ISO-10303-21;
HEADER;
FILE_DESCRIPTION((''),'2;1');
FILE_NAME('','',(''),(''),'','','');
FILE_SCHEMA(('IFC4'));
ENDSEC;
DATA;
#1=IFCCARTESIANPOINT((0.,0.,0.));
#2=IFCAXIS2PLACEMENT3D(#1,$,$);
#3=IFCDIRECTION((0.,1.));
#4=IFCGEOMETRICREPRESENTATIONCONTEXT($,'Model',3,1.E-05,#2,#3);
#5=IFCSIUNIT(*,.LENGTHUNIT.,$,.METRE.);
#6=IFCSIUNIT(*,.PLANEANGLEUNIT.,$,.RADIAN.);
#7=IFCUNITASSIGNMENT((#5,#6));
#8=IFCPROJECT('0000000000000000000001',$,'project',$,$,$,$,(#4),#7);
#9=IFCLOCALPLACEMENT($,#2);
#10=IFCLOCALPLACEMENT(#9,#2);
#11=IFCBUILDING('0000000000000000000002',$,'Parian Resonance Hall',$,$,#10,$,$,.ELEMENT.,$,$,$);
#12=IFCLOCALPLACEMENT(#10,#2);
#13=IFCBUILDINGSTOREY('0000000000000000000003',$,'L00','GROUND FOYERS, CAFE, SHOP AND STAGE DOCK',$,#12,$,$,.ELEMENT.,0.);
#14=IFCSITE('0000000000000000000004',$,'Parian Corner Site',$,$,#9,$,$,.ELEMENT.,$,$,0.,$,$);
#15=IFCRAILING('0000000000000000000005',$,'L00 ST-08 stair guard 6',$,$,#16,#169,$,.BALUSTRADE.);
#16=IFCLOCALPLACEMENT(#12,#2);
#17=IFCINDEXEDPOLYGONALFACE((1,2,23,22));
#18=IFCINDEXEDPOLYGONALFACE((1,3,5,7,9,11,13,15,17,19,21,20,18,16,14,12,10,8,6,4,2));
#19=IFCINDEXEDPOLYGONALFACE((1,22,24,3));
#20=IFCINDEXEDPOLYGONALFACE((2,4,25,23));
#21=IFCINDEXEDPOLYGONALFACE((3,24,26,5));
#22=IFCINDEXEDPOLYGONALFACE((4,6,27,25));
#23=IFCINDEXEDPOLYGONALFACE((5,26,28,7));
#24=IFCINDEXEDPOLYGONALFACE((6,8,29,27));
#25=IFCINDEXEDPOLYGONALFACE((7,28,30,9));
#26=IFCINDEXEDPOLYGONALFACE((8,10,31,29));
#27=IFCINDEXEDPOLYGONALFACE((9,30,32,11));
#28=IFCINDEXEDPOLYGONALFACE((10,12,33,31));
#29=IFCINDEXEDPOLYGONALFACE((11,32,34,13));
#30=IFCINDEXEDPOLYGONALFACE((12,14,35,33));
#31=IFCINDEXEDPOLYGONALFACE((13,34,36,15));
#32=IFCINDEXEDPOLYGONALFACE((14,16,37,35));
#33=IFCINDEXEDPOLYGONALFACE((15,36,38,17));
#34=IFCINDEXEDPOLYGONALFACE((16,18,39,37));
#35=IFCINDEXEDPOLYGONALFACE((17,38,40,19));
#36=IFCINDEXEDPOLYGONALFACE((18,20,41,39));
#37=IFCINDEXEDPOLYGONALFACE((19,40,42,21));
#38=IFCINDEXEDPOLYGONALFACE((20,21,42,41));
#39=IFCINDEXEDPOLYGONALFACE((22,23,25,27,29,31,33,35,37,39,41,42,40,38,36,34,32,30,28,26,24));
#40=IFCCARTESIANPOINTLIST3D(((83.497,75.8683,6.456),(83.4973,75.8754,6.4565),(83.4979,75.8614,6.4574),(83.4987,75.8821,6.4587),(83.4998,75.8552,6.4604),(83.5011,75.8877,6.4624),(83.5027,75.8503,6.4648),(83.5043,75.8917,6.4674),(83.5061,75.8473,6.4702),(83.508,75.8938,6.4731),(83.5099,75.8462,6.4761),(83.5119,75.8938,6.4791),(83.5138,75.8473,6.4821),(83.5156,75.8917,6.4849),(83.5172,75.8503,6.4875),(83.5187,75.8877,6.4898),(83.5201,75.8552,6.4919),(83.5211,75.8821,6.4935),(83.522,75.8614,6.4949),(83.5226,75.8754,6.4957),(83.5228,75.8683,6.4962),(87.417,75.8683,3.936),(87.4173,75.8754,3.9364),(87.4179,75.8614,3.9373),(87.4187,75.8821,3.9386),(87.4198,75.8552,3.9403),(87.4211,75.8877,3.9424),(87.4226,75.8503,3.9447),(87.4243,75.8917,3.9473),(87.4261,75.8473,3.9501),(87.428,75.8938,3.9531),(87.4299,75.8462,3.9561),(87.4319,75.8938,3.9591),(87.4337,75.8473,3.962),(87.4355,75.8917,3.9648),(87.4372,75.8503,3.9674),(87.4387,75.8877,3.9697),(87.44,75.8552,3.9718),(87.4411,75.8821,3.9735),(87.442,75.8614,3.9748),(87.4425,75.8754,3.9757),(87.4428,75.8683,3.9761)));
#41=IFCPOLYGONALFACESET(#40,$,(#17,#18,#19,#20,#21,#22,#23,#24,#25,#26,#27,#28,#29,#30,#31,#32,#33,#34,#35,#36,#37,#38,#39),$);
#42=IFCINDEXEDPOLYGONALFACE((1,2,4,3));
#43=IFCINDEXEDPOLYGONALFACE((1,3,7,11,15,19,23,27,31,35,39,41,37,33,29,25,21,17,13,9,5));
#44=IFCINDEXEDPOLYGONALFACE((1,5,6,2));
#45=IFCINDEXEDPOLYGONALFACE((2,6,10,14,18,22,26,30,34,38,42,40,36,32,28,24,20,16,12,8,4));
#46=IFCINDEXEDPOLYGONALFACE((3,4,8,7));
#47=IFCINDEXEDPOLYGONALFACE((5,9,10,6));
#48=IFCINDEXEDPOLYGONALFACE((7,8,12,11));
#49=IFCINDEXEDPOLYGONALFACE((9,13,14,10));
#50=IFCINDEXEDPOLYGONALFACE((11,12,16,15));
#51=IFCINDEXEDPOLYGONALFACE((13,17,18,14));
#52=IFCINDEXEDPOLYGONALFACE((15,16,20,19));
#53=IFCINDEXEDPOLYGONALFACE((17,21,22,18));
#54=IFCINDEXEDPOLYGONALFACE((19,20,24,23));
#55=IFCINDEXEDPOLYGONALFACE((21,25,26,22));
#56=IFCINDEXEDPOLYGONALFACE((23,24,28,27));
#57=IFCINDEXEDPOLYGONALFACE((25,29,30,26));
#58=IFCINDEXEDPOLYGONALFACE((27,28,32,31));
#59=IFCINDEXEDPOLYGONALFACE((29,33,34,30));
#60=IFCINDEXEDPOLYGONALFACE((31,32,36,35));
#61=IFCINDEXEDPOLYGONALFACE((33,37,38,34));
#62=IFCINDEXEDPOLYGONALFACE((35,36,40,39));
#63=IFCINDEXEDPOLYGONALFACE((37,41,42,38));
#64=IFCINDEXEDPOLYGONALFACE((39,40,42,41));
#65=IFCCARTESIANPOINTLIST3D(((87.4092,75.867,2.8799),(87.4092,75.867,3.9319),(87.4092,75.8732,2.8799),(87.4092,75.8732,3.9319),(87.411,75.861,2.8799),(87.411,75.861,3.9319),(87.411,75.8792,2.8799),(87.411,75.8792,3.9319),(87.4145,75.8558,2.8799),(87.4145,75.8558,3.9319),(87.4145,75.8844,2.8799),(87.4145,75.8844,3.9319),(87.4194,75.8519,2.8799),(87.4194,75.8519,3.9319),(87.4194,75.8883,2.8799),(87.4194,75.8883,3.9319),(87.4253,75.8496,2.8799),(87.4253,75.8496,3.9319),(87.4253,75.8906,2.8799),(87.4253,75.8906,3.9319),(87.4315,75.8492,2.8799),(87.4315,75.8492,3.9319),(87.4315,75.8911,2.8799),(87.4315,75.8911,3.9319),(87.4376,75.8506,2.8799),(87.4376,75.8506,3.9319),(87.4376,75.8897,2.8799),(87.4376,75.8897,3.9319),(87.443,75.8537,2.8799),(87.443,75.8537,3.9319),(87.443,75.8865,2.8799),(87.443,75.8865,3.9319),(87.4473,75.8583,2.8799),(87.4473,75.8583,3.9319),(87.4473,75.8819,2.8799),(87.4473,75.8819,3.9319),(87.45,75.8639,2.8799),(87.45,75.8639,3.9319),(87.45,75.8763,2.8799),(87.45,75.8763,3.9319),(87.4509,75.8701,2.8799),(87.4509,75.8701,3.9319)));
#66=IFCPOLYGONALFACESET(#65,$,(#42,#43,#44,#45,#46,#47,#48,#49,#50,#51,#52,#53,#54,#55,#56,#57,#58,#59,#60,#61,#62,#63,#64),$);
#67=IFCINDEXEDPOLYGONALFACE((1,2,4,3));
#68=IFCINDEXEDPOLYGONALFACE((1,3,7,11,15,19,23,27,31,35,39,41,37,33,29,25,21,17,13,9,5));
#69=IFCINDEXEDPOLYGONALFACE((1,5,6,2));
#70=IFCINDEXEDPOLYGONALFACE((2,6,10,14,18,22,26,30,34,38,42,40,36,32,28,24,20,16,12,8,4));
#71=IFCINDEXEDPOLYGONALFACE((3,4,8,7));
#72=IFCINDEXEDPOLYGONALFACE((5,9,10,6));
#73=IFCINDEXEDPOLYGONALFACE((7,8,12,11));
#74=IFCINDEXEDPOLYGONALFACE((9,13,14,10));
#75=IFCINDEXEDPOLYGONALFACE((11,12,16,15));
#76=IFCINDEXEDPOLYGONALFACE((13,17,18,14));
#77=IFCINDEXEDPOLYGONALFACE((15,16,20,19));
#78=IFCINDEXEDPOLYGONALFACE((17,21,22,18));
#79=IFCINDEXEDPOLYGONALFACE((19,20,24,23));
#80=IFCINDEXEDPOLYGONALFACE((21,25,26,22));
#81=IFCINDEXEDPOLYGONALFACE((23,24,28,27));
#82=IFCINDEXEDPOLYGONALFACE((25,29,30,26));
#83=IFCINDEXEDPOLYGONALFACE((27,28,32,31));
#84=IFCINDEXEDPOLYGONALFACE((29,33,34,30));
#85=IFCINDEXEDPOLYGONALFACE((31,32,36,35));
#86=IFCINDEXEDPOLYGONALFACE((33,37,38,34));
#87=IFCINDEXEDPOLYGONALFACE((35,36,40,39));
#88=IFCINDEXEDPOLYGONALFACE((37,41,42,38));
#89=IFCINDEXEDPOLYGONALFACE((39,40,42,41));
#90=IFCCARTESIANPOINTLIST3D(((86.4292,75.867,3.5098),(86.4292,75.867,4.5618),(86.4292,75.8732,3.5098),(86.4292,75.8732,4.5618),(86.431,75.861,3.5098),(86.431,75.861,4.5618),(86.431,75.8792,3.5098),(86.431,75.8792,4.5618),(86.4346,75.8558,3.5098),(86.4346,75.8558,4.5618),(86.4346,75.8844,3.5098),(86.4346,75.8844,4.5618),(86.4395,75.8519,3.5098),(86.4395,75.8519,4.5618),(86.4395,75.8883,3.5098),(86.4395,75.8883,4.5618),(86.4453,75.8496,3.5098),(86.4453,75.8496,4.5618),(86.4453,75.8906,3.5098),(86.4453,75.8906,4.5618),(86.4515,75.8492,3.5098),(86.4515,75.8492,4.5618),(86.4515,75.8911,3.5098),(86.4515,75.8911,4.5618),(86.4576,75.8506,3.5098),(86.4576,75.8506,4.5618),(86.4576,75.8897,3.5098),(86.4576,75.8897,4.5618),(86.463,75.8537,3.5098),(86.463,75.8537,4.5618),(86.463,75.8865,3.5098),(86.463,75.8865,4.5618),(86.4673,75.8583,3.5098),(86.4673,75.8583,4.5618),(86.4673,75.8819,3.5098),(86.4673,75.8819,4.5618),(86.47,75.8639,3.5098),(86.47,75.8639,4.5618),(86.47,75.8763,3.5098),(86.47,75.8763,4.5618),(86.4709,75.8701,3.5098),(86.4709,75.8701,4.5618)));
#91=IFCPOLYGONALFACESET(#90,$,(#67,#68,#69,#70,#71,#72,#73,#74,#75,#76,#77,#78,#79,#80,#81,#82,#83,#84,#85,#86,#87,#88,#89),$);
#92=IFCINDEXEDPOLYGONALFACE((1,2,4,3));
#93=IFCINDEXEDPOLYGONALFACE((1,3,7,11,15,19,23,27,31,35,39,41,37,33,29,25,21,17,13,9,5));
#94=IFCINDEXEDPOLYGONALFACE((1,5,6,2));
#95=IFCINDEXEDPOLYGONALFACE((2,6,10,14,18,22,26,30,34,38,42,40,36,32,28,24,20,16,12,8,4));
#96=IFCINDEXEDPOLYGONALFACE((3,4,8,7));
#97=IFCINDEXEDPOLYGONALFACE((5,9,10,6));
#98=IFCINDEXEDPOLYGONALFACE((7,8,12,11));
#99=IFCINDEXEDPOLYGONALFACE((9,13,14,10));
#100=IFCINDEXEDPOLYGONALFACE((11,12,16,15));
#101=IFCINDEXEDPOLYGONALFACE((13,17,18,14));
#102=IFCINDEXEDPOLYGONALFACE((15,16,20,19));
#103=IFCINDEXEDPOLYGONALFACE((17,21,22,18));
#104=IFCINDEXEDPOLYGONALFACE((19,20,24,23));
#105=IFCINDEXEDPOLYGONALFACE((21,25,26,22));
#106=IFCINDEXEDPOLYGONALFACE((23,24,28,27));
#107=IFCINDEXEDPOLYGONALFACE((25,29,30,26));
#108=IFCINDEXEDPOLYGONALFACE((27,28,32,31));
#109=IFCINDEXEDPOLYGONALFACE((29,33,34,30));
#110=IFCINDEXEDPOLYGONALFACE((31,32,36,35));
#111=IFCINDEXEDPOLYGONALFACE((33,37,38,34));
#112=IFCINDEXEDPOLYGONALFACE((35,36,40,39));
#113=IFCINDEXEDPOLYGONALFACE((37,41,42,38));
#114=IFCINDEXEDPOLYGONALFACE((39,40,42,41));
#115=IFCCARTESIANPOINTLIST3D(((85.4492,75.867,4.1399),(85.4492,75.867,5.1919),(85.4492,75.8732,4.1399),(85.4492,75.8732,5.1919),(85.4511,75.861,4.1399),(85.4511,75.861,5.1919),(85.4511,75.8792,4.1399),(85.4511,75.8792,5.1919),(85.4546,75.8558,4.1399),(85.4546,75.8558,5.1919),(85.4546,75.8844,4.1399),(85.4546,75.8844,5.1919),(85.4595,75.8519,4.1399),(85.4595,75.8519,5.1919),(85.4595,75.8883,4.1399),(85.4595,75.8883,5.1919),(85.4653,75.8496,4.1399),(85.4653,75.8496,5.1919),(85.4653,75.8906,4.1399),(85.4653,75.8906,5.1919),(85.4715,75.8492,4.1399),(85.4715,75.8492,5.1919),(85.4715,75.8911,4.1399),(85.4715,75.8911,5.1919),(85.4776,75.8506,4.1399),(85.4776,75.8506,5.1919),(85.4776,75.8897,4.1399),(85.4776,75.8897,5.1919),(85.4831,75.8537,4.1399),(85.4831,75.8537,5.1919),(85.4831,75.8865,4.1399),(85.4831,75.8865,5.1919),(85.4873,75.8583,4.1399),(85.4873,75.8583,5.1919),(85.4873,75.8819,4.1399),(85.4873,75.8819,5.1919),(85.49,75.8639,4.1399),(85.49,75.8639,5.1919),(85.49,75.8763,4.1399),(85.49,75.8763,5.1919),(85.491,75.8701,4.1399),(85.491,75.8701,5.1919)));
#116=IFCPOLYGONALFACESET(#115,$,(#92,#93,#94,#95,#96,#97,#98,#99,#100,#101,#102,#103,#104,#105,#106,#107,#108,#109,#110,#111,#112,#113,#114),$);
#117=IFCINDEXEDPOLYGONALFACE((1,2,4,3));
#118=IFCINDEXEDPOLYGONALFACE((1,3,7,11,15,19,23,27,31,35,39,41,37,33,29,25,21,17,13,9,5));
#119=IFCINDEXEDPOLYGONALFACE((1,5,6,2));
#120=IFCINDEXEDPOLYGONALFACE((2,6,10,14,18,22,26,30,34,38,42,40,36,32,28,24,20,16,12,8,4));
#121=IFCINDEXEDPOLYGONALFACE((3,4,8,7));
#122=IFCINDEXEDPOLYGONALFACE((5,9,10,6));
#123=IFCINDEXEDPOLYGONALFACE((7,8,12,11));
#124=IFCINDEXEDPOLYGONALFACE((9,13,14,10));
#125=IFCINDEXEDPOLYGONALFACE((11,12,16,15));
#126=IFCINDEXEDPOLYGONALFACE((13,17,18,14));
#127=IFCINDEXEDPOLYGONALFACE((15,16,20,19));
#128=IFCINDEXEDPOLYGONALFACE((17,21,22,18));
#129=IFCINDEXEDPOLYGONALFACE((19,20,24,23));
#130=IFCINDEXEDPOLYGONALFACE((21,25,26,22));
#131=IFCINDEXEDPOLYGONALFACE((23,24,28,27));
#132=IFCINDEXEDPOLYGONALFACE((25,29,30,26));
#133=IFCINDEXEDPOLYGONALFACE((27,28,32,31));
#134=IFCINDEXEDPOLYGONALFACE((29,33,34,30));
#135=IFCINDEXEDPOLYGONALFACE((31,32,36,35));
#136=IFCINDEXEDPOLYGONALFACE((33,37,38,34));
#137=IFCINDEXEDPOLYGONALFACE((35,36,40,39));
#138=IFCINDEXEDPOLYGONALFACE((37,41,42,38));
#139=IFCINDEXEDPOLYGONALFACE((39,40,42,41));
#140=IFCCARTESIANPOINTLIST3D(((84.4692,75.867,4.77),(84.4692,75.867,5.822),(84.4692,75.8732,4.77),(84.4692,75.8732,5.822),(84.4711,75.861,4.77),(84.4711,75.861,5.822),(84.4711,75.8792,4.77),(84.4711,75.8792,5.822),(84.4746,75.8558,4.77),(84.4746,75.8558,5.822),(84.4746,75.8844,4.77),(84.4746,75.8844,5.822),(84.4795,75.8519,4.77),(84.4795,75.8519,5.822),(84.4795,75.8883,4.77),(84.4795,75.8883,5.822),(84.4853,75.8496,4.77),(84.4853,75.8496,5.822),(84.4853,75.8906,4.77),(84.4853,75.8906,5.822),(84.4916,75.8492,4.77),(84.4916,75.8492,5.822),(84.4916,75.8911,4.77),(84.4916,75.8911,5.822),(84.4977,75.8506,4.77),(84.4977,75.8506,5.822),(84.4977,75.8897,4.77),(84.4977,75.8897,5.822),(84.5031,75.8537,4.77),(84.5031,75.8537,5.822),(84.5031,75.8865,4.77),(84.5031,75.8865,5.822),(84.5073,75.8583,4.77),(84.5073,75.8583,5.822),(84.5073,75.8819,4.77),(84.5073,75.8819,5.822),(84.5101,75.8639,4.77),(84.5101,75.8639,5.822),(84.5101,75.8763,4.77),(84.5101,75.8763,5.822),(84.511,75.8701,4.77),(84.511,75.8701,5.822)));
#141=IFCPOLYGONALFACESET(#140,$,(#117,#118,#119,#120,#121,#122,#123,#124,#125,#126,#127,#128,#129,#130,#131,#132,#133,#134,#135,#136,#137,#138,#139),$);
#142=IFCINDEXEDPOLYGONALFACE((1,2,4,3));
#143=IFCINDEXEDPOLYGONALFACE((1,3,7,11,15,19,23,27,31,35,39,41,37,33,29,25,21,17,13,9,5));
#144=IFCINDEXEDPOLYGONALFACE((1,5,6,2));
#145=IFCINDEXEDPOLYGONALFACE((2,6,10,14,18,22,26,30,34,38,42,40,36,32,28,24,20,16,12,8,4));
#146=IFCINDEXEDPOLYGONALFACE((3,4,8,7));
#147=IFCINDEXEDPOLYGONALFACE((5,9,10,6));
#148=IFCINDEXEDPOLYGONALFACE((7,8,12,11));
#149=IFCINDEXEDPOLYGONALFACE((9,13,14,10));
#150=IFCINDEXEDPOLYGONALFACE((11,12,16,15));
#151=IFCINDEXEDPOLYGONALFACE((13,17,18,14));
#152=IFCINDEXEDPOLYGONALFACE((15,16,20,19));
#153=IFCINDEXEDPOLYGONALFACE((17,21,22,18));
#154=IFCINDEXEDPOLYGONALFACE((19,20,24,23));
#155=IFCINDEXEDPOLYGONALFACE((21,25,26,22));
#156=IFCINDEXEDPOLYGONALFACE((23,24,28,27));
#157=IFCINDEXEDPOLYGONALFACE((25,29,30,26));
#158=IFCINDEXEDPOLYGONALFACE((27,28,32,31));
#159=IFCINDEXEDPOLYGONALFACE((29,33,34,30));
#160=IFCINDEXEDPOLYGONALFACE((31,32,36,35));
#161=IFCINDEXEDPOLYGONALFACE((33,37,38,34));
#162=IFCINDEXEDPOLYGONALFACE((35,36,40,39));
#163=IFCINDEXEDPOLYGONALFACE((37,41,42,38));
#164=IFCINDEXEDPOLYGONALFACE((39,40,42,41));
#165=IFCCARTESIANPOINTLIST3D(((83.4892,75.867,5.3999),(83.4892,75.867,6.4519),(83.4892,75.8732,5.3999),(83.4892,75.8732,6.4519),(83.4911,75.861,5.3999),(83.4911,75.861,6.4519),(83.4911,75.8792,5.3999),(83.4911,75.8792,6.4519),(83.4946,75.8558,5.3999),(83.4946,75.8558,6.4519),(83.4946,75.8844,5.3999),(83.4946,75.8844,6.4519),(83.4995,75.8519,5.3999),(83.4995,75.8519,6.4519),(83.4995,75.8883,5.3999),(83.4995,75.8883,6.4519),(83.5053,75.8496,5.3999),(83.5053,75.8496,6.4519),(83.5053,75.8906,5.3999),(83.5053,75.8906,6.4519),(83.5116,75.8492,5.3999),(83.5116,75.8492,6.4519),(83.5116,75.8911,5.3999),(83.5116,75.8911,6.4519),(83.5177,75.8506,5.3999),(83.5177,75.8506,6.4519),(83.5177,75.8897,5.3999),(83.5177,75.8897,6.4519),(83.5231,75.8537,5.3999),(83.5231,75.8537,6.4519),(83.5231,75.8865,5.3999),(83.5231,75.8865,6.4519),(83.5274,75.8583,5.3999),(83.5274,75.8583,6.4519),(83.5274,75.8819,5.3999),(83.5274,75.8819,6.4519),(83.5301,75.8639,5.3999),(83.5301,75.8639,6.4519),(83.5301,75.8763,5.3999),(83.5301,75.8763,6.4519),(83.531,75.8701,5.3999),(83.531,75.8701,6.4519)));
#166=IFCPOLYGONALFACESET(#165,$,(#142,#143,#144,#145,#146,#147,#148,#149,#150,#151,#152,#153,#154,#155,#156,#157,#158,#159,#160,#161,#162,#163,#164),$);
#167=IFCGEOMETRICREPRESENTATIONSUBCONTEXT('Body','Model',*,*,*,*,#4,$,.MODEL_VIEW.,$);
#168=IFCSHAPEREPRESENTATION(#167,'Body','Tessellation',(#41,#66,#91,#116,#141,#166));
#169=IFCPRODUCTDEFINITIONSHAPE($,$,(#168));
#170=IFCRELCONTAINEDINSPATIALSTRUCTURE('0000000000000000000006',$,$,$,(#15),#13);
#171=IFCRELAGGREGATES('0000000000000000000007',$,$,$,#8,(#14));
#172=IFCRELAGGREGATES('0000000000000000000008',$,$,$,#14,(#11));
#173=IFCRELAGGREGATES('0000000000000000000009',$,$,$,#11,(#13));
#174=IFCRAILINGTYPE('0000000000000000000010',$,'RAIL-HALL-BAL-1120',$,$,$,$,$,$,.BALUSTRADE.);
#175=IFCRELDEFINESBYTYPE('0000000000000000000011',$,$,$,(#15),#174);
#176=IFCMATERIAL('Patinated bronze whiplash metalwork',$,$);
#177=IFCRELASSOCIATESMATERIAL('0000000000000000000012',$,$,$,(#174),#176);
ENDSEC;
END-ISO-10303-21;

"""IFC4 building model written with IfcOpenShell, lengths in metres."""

from ifc_helpers import new_model, si_unit, direction, frame, origin, origin_2d, place, context, subcontext, project, spatial, circle, extrude, material, type_object, element, save


model = new_model("IFC4")

# Units and contexts
model_context = context("Model", 3, precision=1e-05, world=origin(), true_north=direction((0.0, 1.0)))
body_context = subcontext(model_context, "Body", "Model", "MODEL_VIEW")
ifc_project = project(units=[si_unit("LENGTHUNIT", "METRE"), si_unit("PLANEANGLEUNIT", "RADIAN")], contexts=[model_context])

# Site, building, storey
site_placement = place(None, origin())
site = spatial("IfcSite", under=ifc_project, at=site_placement, Name="Parian Corner Site", CompositionType="ELEMENT", RefElevation=0.0)
building_placement = place(site_placement, origin())
building = spatial("IfcBuilding", under=site, at=building_placement, Name="Parian Resonance Hall", CompositionType="ELEMENT")
storey_placement = place(building_placement, origin())
storey = spatial("IfcBuildingStorey", under=building, at=storey_placement, Name="L00", Description="GROUND FOYERS, CAFE, SHOP AND STAGE DOCK", CompositionType="ELEMENT", Elevation=0.0)

# Railing
ifc_material_1 = material(Name="Patinated bronze whiplash metalwork")
railing_type_1 = type_object("IfcRailingType", Name="RAIL-HALL-BAL-1120", PredefinedType="BALUSTRADE", material=ifc_material_1)
railing_1_placement = place(storey_placement, frame((87.4299, 75.8701, 2.8799)))
element("IfcRailing", 1, at=railing_1_placement, inside=storey, type_object=railing_type_1, Name="L00 ST-08 stair guard 6", PredefinedType="BALUSTRADE", context=body_context, shape_type="SweptSolid", body=[
    extrude(circle(Radius=0.0239, at=origin_2d()), frame((0.0, 0.0, 1.0762), z_axis=(-0.841172, 0.0, 0.540768), x_axis=(0.0, -1.0, 0.0)), (0.0, 0.0, 1.0), 4.6602),
    extrude(circle(Radius=0.021, at=origin_2d()), origin(), (0.0, 0.0, 1.0), 1.052),
    extrude(circle(Radius=0.021, at=origin_2d()), frame((-0.98, 0.0, 0.6299)), (0.0, 0.0, 1.0), 1.052),
    extrude(circle(Radius=0.021, at=origin_2d()), frame((-1.96, 0.0, 1.26)), (0.0, 0.0, 1.0), 1.052),
    extrude(circle(Radius=0.021, at=origin_2d()), frame((-2.9399, 0.0, 1.8901)), (0.0, 0.0, 1.0), 1.052),
    extrude(circle(Radius=0.021, at=origin_2d()), frame((-3.9199, 0.0, 2.52)), (0.0, 0.0, 1.0), 1.052),
])

save(model, "model.ifc")
